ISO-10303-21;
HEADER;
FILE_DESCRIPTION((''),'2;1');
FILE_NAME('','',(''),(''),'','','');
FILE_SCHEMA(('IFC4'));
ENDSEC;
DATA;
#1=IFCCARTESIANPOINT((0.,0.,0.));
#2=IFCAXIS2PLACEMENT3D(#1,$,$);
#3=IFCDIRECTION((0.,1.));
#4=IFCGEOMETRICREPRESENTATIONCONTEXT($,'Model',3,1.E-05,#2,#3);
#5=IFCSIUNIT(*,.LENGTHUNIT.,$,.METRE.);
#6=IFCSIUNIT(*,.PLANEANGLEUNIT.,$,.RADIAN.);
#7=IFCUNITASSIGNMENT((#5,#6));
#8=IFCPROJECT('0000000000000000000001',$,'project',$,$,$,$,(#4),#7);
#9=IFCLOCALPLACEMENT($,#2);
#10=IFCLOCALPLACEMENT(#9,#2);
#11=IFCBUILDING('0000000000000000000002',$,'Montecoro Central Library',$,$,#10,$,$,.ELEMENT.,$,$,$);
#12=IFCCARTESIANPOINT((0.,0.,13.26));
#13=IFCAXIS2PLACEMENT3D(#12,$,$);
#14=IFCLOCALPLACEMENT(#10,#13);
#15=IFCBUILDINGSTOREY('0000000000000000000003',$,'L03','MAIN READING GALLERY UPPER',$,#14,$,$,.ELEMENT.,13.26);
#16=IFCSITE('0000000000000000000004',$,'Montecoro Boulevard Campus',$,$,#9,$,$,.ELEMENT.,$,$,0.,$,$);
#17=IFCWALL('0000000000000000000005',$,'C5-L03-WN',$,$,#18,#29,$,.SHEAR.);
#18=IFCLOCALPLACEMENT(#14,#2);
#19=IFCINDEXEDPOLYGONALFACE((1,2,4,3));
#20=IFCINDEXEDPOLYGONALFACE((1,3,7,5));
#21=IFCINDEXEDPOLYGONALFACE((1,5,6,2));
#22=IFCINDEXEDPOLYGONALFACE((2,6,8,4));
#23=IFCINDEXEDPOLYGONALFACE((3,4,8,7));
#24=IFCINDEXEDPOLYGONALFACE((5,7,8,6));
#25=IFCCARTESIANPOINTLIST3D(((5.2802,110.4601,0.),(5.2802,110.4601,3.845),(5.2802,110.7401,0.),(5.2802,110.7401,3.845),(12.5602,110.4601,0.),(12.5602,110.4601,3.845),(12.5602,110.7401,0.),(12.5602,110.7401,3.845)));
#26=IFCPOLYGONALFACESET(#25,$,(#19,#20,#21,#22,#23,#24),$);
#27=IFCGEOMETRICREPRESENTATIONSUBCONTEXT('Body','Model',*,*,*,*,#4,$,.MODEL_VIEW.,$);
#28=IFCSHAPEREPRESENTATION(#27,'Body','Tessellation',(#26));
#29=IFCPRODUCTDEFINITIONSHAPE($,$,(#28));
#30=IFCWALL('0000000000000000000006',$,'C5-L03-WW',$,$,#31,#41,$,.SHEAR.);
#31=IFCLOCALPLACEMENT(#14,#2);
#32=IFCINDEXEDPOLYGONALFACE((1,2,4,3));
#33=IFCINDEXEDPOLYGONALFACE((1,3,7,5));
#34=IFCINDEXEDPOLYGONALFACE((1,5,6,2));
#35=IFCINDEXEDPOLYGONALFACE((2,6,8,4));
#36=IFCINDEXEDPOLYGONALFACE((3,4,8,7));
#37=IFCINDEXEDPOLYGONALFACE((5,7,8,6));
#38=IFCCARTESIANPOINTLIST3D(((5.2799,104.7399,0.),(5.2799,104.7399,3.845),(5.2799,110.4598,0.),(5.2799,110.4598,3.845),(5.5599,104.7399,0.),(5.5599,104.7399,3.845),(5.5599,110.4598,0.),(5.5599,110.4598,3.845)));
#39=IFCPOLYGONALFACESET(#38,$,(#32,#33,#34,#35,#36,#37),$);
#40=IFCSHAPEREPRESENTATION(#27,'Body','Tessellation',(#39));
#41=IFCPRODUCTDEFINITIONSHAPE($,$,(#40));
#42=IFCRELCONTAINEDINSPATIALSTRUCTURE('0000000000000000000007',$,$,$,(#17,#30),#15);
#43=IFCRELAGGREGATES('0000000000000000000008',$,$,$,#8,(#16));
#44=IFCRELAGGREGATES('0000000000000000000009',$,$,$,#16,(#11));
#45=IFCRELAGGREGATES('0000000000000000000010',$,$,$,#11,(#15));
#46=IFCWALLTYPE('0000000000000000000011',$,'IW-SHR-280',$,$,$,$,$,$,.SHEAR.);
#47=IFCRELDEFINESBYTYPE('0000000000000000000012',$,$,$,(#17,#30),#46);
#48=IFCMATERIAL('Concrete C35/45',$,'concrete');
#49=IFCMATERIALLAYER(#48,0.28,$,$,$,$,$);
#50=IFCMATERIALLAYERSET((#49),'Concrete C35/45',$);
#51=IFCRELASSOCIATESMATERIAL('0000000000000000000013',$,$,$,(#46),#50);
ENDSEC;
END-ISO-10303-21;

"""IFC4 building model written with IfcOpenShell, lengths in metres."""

from ifc_helpers import new_model, si_unit, direction, frame, frame_2d, origin, place, context, subcontext, project, spatial, rectangle, extrude, material, layer, layer_set, type_object, element, save


model = new_model("IFC4")

# Units and contexts
model_context = context("Model", 3, precision=1e-05, world=origin(), true_north=direction((0.0, 1.0)))
body_context = subcontext(model_context, "Body", "Model", "MODEL_VIEW")
ifc_project = project(units=[si_unit("LENGTHUNIT", "METRE"), si_unit("PLANEANGLEUNIT", "RADIAN")], contexts=[model_context])

# Site, building, storey
site_placement = place(None, origin())
site = spatial("IfcSite", under=ifc_project, at=site_placement, Name="Montecoro Boulevard Campus", CompositionType="ELEMENT", RefElevation=0.0)
building_placement = place(site_placement, origin())
building = spatial("IfcBuilding", under=site, at=building_placement, Name="Montecoro Central Library", CompositionType="ELEMENT")
storey_placement = place(building_placement, frame((0.0, 0.0, 13.26)))
storey = spatial("IfcBuildingStorey", under=building, at=storey_placement, Name="L03", Description="MAIN READING GALLERY UPPER", CompositionType="ELEMENT", Elevation=13.26)

# Shared definitions
ifc_material_1 = material(Name="Concrete C35/45", Category="concrete")

# Shared definitions
ifc_layer_1 = layer(ifc_material_1, 0.28)
ifc_layer_set_1 = layer_set([ifc_layer_1], Name="Concrete C35/45")
wall_type_1 = type_object("IfcWallType", Name="IW-SHR-280", PredefinedType="SHEAR", material=ifc_layer_set_1)

# Walls
wall_1_placement = place(storey_placement, frame((5.28, 110.6001, 0.0), z_axis=(0.0, 0.0, 1.0), x_axis=(1.0, 0.0, 0.0)))
element("IfcWall", 1, at=wall_1_placement, inside=storey, type_object=wall_type_1, Name="C5-L03-WN", PredefinedType="SHEAR", context=body_context, shape_type="SweptSolid", body=[
    extrude(rectangle(XDim=7.28, YDim=0.28, at=frame_2d((3.6401, 0.0))), origin(), (0.0, 0.0, 1.0), 3.845),
])
wall_2_placement = place(storey_placement, frame((5.4199, 104.74, 0.0), z_axis=(0.0, 0.0, 1.0), x_axis=(0.0, 1.0, 0.0)))
element("IfcWall", 2, at=wall_2_placement, inside=storey, type_object=wall_type_1, Name="C5-L03-WW", PredefinedType="SHEAR", context=body_context, shape_type="SweptSolid", body=[
    extrude(rectangle(XDim=5.72, YDim=0.28, at=frame_2d((2.8599, 0.0))), origin(), (0.0, 0.0, 1.0), 3.845),
])

save(model, "model.ifc")
